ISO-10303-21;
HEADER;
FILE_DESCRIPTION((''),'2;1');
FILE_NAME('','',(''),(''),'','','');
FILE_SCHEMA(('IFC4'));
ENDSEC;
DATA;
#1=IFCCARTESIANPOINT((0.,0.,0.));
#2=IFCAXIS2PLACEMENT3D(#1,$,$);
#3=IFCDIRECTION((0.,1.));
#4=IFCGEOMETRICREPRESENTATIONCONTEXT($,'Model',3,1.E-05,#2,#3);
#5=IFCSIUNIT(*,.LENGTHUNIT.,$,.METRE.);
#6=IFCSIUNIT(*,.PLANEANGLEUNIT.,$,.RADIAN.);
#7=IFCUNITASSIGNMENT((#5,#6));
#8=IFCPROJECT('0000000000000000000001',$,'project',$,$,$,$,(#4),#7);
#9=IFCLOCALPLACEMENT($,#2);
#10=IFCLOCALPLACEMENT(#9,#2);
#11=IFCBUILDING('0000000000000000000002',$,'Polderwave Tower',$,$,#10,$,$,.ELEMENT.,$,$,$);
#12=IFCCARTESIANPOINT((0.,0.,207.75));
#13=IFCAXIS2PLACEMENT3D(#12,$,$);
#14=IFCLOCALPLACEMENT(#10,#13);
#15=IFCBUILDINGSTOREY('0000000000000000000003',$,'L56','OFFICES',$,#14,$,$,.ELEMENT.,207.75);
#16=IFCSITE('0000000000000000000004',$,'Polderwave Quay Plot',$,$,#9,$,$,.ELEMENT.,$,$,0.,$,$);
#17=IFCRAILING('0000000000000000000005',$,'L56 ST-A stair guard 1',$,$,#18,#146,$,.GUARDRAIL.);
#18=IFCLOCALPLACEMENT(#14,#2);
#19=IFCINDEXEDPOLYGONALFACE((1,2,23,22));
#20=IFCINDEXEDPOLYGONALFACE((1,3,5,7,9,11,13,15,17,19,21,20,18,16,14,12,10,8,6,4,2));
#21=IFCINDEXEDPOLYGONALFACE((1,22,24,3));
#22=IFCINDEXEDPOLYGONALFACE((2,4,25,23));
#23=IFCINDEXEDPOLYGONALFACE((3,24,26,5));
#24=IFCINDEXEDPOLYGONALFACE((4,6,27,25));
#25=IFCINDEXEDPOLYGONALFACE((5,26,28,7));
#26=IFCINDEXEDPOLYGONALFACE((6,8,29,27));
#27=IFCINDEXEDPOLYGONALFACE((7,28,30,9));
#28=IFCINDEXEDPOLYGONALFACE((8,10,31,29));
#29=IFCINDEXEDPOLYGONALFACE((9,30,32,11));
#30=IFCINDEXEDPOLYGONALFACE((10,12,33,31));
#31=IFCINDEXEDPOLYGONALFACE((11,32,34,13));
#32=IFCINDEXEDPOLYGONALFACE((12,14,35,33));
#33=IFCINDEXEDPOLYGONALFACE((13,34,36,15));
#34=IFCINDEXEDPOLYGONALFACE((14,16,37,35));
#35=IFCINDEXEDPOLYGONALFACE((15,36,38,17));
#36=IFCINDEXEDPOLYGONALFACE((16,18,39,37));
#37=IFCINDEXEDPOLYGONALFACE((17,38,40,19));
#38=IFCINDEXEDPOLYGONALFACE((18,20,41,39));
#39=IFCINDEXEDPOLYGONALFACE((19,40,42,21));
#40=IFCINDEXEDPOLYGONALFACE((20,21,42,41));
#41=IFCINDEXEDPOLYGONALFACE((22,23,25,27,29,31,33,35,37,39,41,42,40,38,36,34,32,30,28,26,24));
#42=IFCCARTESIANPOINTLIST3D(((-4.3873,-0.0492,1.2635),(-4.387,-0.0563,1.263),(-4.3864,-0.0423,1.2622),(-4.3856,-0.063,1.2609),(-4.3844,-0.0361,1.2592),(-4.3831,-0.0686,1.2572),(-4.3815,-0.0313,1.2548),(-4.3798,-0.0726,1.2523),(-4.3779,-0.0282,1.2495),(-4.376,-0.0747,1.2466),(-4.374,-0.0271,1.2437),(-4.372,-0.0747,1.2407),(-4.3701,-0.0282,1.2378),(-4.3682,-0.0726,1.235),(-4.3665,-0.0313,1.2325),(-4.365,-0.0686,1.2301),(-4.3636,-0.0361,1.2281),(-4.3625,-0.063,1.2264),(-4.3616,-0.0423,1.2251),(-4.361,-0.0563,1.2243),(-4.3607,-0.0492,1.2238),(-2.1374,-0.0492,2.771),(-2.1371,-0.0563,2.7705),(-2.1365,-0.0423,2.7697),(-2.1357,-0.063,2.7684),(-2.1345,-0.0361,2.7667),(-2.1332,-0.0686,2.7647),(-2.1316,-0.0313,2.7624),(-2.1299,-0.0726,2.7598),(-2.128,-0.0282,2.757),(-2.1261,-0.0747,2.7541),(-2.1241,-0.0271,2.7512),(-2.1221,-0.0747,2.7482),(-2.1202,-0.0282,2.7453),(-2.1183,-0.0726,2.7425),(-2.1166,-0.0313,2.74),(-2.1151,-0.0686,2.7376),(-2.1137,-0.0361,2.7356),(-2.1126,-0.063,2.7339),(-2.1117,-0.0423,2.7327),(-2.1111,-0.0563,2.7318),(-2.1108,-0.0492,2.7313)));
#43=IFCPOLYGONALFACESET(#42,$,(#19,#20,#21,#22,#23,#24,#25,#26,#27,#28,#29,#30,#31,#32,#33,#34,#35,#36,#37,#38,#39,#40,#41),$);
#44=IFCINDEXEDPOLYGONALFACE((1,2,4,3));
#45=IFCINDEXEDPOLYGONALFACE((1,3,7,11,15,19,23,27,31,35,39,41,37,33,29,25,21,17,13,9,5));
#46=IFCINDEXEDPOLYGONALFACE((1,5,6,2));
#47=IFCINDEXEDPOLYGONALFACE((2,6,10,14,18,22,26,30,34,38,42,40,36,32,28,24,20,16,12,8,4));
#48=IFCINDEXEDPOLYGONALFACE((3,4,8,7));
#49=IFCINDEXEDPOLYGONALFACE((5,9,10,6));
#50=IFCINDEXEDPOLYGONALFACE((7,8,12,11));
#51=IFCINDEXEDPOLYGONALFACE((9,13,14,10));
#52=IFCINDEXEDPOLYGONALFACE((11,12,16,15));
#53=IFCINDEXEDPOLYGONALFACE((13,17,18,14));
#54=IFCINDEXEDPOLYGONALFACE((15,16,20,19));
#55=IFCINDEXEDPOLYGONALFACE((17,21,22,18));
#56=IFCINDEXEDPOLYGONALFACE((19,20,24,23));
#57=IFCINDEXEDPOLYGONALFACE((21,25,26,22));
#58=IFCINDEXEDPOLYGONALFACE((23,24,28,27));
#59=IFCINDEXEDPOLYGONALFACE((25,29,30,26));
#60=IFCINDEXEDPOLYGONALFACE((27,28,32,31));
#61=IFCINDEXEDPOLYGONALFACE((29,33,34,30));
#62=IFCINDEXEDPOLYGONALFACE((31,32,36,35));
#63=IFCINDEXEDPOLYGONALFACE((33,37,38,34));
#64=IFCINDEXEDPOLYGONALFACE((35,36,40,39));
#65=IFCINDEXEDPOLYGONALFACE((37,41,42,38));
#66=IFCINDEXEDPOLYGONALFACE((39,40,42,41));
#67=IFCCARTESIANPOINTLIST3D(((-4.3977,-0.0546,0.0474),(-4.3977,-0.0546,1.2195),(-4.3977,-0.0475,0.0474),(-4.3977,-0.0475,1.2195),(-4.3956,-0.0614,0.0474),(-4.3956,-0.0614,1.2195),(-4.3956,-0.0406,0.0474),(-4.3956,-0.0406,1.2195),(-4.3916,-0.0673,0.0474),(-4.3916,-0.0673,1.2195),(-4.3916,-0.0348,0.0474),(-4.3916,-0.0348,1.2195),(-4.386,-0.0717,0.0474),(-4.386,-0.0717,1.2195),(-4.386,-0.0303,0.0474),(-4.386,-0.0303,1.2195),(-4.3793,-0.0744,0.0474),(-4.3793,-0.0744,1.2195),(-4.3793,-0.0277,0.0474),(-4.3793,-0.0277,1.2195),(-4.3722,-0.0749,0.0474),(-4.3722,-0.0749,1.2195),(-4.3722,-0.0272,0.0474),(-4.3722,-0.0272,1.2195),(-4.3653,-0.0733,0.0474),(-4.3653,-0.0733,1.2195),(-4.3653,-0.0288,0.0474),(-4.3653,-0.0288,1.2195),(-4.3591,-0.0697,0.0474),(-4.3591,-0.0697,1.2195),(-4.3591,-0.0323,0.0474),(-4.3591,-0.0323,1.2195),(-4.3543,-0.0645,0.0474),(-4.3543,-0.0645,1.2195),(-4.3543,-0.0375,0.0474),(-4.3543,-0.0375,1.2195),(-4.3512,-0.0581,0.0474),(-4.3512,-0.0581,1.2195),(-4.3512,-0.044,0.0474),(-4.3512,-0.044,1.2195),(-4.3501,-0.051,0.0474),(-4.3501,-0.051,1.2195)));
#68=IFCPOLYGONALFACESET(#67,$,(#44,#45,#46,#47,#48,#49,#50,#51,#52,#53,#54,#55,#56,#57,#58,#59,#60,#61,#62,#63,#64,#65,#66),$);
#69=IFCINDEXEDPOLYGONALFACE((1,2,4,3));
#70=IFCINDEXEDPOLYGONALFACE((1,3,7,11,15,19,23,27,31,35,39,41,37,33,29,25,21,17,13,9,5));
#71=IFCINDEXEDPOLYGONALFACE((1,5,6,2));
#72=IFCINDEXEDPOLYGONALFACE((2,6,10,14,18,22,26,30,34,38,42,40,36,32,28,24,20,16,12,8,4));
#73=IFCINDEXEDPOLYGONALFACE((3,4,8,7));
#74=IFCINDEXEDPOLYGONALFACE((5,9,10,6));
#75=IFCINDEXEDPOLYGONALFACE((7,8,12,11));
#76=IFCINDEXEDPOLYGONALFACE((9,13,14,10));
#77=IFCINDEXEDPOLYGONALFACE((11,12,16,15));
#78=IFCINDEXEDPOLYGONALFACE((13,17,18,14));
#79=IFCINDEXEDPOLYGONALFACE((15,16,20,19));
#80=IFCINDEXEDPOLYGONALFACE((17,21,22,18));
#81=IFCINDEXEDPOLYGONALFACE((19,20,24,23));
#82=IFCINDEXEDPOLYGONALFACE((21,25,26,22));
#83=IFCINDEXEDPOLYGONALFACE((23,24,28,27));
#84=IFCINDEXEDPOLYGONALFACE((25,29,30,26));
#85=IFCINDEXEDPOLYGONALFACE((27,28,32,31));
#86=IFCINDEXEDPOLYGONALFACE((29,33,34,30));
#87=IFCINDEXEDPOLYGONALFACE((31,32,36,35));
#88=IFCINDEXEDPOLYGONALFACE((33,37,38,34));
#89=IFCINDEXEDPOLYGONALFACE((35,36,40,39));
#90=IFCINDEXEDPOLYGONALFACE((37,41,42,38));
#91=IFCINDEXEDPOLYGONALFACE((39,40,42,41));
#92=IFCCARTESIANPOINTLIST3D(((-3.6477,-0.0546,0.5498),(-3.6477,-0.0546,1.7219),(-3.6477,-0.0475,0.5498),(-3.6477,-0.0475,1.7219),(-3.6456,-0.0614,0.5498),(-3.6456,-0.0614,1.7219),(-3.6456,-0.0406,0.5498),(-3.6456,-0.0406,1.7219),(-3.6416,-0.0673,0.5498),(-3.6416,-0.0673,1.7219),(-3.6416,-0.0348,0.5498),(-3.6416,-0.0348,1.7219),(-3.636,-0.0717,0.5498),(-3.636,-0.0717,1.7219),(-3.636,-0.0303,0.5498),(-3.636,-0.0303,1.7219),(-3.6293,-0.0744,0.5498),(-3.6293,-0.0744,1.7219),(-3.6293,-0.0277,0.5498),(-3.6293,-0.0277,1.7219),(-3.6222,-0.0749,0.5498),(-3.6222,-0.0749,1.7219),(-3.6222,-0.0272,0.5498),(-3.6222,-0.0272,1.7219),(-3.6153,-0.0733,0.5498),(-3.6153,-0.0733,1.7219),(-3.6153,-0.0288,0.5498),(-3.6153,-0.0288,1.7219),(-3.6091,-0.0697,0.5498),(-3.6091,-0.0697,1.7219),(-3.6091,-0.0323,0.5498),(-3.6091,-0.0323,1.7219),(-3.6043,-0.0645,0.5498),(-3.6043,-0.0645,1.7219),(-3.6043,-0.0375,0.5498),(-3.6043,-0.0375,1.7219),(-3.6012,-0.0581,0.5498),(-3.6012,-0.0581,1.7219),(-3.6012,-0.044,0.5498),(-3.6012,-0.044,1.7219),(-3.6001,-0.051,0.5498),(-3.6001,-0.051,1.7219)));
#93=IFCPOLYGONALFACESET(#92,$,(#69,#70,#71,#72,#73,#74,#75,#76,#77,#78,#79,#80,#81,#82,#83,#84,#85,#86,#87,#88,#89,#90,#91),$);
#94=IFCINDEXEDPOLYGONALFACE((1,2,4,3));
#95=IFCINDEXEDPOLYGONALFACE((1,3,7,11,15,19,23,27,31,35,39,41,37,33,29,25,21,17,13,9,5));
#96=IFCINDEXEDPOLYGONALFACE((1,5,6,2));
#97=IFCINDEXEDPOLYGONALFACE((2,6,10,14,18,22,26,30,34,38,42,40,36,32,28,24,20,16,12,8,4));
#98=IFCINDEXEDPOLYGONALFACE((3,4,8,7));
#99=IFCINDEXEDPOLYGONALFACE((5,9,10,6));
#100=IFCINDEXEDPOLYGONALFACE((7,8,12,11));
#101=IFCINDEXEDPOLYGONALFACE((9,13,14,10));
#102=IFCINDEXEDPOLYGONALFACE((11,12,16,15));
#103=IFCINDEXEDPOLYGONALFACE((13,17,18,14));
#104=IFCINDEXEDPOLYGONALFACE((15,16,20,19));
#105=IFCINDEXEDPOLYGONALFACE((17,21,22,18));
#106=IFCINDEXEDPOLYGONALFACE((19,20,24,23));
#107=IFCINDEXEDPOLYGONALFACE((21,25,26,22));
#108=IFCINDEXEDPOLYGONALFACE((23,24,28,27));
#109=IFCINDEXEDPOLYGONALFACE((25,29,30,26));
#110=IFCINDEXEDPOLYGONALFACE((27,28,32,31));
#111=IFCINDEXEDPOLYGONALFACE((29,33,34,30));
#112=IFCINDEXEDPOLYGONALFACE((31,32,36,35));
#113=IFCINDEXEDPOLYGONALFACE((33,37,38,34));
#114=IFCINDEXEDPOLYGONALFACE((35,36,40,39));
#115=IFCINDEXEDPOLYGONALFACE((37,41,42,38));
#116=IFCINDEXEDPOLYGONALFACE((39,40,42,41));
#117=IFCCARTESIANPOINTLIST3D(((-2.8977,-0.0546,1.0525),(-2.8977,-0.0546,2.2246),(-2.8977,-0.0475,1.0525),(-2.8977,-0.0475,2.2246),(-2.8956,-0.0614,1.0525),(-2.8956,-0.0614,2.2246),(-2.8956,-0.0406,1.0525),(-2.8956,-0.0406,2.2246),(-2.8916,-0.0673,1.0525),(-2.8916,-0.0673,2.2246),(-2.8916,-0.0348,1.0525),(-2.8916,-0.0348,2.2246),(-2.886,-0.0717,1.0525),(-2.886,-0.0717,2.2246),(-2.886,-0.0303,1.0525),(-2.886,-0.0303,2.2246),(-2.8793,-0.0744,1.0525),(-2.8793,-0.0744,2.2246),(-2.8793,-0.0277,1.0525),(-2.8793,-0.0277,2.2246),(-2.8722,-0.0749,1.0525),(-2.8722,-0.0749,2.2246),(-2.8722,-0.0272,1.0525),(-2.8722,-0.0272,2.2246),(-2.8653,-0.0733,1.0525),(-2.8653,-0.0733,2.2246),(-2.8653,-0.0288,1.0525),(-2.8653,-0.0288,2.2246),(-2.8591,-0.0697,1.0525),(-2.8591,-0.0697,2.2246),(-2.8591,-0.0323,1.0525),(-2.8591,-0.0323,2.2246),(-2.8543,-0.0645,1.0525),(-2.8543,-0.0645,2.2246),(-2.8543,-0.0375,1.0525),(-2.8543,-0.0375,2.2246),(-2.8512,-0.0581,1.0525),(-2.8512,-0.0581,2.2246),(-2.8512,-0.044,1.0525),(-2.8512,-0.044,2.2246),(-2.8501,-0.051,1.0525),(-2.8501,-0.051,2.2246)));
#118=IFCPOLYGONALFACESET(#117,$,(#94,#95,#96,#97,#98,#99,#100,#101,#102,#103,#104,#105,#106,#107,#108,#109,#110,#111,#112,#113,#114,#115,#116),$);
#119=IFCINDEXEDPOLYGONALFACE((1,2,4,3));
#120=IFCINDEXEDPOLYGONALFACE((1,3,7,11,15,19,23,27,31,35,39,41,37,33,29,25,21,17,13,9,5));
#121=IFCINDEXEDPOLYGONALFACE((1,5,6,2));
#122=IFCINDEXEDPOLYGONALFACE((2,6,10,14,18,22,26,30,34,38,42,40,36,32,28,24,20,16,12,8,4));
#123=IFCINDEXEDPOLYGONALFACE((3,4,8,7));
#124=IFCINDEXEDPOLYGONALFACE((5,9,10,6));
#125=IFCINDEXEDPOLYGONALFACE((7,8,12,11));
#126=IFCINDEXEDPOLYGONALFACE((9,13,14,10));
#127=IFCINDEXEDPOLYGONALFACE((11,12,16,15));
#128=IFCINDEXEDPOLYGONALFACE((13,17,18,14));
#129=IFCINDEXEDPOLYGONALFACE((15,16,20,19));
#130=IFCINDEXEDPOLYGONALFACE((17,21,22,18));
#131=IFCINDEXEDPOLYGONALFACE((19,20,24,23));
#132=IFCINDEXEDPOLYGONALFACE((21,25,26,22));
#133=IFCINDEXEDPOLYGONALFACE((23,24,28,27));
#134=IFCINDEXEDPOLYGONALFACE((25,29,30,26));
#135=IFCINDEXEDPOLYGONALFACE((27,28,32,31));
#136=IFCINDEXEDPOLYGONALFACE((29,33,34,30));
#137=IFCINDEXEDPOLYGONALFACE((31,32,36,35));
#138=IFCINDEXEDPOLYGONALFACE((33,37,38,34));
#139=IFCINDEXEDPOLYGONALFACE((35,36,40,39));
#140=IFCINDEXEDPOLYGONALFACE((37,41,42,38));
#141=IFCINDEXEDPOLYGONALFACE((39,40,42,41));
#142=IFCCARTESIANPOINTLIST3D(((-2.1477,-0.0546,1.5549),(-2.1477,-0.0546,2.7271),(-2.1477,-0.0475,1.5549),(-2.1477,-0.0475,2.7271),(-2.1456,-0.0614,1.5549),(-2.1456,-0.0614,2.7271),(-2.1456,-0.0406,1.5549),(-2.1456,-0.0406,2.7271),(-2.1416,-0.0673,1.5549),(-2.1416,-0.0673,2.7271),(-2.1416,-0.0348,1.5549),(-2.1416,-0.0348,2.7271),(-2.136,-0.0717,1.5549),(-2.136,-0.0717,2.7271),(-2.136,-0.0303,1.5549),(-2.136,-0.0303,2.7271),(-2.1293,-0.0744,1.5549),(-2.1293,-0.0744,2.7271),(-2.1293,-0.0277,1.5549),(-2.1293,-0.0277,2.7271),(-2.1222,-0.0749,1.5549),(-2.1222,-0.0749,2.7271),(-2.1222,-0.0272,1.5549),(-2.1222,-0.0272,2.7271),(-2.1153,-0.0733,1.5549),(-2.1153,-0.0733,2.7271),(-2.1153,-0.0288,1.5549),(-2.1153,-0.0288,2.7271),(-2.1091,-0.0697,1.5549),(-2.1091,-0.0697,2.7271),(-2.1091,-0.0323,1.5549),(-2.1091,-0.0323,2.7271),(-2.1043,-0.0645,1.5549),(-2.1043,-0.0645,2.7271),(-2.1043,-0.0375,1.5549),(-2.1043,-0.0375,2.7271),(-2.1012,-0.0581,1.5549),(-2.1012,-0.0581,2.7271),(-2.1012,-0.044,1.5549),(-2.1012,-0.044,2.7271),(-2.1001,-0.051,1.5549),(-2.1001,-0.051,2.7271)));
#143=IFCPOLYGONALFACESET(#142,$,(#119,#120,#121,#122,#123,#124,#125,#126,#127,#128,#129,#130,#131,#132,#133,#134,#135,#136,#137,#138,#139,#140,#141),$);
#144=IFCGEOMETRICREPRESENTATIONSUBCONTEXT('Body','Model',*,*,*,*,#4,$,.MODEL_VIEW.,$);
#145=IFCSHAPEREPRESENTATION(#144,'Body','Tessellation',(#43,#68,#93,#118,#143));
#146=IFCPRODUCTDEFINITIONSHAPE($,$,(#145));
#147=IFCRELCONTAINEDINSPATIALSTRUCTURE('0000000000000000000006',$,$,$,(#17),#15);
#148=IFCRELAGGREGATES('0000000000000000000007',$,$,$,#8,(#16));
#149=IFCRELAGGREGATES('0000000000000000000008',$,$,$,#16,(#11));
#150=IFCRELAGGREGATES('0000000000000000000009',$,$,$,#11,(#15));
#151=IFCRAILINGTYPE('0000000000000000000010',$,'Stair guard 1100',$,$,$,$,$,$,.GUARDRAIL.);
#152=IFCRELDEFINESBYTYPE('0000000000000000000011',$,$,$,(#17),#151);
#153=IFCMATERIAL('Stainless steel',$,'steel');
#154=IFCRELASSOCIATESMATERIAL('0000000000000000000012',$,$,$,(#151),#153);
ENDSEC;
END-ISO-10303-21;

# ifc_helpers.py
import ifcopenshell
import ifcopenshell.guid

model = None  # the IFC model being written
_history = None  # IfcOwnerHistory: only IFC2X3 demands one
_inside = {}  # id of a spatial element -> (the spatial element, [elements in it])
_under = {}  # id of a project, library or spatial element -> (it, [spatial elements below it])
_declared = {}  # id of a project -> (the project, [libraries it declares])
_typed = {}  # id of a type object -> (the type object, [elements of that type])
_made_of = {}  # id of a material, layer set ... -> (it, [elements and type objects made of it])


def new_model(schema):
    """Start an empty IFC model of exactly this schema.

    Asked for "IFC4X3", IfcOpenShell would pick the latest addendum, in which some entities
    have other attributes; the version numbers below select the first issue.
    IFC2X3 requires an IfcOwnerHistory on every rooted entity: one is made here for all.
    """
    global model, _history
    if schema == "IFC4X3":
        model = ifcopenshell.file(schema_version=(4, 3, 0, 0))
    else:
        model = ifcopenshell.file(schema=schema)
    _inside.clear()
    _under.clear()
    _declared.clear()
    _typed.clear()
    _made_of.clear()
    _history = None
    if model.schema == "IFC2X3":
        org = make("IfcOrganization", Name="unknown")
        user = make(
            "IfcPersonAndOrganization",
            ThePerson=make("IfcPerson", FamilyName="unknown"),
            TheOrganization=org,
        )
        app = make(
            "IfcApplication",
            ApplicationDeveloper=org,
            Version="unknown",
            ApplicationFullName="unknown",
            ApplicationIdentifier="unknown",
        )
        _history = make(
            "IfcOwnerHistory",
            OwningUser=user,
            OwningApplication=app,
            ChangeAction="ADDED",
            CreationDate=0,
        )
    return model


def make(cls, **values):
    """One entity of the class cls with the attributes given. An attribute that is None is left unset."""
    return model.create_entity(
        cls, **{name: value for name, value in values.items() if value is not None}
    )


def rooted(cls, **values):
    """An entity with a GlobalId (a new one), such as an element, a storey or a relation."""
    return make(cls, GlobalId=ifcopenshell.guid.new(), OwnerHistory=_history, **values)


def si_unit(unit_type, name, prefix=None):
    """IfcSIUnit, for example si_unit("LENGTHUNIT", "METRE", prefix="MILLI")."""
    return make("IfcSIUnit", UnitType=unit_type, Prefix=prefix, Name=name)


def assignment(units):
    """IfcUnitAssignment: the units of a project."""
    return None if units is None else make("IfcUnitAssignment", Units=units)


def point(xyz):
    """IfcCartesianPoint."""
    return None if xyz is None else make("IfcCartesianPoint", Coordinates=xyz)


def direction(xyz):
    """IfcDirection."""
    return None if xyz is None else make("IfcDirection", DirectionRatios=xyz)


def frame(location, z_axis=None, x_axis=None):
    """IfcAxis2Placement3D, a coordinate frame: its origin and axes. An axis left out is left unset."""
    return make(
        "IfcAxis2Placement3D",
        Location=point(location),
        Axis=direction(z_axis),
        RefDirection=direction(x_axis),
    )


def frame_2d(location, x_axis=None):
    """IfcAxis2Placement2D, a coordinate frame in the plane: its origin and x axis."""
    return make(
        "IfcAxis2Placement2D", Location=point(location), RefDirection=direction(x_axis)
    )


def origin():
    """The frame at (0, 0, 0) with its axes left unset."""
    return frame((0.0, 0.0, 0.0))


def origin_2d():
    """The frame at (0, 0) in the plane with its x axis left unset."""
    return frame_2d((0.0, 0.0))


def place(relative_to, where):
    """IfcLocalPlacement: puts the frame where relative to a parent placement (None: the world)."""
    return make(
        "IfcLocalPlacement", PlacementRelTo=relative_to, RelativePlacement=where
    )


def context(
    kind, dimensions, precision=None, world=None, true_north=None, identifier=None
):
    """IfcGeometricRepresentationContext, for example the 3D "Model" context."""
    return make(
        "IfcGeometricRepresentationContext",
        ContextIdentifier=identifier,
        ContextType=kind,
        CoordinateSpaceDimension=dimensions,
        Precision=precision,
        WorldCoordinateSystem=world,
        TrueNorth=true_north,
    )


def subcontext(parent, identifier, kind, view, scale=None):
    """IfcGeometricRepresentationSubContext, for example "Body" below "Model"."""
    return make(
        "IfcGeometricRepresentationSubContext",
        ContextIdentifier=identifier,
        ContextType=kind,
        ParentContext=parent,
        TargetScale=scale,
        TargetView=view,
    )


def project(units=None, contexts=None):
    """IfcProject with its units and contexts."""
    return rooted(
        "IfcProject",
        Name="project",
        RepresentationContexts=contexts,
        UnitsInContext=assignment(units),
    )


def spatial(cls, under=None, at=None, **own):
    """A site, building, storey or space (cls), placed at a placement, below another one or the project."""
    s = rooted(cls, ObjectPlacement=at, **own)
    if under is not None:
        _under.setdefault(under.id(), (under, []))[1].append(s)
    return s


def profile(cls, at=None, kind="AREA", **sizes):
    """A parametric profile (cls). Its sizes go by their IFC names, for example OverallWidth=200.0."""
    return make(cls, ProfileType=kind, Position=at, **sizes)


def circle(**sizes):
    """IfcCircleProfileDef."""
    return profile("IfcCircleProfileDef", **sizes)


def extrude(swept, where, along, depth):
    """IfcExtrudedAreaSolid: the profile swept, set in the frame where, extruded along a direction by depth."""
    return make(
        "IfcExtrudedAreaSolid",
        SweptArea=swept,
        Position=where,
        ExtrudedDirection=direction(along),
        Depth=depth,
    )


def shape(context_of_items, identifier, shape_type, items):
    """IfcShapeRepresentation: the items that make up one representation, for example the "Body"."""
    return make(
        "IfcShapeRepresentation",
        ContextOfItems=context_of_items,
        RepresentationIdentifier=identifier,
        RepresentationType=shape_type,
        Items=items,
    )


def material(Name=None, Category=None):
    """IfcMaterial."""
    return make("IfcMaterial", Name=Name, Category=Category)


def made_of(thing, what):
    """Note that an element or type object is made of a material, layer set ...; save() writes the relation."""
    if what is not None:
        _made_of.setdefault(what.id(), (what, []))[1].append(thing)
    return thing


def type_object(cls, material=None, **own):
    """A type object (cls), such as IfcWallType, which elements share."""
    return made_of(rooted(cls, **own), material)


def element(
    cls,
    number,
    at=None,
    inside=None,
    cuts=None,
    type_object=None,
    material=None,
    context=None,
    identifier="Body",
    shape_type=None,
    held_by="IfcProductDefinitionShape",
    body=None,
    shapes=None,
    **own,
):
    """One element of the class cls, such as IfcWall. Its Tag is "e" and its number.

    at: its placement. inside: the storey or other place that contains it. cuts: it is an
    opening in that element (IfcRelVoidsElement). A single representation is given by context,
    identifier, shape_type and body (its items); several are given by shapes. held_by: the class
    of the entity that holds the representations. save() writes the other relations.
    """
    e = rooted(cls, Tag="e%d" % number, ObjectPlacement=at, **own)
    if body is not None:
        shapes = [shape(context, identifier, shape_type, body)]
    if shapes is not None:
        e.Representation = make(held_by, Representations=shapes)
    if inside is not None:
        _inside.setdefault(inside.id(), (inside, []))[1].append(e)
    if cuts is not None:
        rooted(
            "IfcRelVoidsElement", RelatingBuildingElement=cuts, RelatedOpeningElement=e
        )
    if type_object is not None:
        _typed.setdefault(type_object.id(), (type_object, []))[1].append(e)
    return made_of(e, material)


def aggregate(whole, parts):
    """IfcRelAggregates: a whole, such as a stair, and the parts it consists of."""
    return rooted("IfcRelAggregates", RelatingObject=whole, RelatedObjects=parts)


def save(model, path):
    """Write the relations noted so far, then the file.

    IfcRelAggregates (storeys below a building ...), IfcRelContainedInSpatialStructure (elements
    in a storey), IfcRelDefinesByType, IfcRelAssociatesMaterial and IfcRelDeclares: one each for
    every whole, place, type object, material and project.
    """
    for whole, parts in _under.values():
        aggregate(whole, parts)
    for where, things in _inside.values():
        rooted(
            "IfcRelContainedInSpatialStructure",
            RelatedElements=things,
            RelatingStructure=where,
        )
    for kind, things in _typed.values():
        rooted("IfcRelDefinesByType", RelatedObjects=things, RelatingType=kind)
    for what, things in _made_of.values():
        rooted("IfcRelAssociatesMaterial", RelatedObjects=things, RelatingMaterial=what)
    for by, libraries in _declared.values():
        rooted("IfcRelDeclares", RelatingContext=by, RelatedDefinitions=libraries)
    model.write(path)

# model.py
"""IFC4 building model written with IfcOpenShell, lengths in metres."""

from ifc_helpers import new_model, si_unit, direction, frame, origin, origin_2d, place, context, subcontext, project, spatial, circle, extrude, material, type_object, element, save


model = new_model("IFC4")

# Units and contexts
model_context = context("Model", 3, precision=1e-05, world=origin(), true_north=direction((0.0, 1.0)))
body_context = subcontext(model_context, "Body", "Model", "MODEL_VIEW")
ifc_project = project(units=[si_unit("LENGTHUNIT", "METRE"), si_unit("PLANEANGLEUNIT", "RADIAN")], contexts=[model_context])

# Site, building, storey
site_placement = place(None, origin())
site = spatial("IfcSite", under=ifc_project, at=site_placement, Name="Polderwave Quay Plot", CompositionType="ELEMENT", RefElevation=0.0)
building_placement = place(site_placement, origin())
building = spatial("IfcBuilding", under=site, at=building_placement, Name="Polderwave Tower", CompositionType="ELEMENT")
storey_placement = place(building_placement, frame((0.0, 0.0, 207.75)))
storey = spatial("IfcBuildingStorey", under=building, at=storey_placement, Name="L56", Description="OFFICES", CompositionType="ELEMENT", Elevation=207.75)

# Railing
ifc_material_1 = material(Name="Stainless steel", Category="steel")
railing_type_1 = type_object("IfcRailingType", Name="Stair guard 1100", PredefinedType="GUARDRAIL", material=ifc_material_1)
railing_1_placement = place(storey_placement, frame((-4.374, -0.051, 0.0474)))
element("IfcRailing", 1, at=railing_1_placement, inside=storey, type_object=railing_type_1, Name="L56 ST-A stair guard 1", PredefinedType="GUARDRAIL", context=body_context, shape_type="SweptSolid", body=[
    extrude(circle(Radius=0.0239, at=origin_2d()), frame((0.0, 0.0, 1.1963), z_axis=(0.830758, 0.0, 0.556633), x_axis=(0.0, 1.0, 0.0)), (0.0, 0.0, 1.0), 2.7083),
    extrude(circle(Radius=0.0239, at=origin_2d()), origin(), (0.0, 0.0, 1.0), 1.1721),
    extrude(circle(Radius=0.0239, at=origin_2d()), frame((0.75, 0.0, 0.5024)), (0.0, 0.0, 1.0), 1.1721),
    extrude(circle(Radius=0.0239, at=origin_2d()), frame((1.5, 0.0, 1.0051)), (0.0, 0.0, 1.0), 1.1721),
    extrude(circle(Radius=0.0239, at=origin_2d()), frame((2.25, 0.0, 1.5076)), (0.0, 0.0, 1.0), 1.1721),
])

save(model, "model.ifc")
